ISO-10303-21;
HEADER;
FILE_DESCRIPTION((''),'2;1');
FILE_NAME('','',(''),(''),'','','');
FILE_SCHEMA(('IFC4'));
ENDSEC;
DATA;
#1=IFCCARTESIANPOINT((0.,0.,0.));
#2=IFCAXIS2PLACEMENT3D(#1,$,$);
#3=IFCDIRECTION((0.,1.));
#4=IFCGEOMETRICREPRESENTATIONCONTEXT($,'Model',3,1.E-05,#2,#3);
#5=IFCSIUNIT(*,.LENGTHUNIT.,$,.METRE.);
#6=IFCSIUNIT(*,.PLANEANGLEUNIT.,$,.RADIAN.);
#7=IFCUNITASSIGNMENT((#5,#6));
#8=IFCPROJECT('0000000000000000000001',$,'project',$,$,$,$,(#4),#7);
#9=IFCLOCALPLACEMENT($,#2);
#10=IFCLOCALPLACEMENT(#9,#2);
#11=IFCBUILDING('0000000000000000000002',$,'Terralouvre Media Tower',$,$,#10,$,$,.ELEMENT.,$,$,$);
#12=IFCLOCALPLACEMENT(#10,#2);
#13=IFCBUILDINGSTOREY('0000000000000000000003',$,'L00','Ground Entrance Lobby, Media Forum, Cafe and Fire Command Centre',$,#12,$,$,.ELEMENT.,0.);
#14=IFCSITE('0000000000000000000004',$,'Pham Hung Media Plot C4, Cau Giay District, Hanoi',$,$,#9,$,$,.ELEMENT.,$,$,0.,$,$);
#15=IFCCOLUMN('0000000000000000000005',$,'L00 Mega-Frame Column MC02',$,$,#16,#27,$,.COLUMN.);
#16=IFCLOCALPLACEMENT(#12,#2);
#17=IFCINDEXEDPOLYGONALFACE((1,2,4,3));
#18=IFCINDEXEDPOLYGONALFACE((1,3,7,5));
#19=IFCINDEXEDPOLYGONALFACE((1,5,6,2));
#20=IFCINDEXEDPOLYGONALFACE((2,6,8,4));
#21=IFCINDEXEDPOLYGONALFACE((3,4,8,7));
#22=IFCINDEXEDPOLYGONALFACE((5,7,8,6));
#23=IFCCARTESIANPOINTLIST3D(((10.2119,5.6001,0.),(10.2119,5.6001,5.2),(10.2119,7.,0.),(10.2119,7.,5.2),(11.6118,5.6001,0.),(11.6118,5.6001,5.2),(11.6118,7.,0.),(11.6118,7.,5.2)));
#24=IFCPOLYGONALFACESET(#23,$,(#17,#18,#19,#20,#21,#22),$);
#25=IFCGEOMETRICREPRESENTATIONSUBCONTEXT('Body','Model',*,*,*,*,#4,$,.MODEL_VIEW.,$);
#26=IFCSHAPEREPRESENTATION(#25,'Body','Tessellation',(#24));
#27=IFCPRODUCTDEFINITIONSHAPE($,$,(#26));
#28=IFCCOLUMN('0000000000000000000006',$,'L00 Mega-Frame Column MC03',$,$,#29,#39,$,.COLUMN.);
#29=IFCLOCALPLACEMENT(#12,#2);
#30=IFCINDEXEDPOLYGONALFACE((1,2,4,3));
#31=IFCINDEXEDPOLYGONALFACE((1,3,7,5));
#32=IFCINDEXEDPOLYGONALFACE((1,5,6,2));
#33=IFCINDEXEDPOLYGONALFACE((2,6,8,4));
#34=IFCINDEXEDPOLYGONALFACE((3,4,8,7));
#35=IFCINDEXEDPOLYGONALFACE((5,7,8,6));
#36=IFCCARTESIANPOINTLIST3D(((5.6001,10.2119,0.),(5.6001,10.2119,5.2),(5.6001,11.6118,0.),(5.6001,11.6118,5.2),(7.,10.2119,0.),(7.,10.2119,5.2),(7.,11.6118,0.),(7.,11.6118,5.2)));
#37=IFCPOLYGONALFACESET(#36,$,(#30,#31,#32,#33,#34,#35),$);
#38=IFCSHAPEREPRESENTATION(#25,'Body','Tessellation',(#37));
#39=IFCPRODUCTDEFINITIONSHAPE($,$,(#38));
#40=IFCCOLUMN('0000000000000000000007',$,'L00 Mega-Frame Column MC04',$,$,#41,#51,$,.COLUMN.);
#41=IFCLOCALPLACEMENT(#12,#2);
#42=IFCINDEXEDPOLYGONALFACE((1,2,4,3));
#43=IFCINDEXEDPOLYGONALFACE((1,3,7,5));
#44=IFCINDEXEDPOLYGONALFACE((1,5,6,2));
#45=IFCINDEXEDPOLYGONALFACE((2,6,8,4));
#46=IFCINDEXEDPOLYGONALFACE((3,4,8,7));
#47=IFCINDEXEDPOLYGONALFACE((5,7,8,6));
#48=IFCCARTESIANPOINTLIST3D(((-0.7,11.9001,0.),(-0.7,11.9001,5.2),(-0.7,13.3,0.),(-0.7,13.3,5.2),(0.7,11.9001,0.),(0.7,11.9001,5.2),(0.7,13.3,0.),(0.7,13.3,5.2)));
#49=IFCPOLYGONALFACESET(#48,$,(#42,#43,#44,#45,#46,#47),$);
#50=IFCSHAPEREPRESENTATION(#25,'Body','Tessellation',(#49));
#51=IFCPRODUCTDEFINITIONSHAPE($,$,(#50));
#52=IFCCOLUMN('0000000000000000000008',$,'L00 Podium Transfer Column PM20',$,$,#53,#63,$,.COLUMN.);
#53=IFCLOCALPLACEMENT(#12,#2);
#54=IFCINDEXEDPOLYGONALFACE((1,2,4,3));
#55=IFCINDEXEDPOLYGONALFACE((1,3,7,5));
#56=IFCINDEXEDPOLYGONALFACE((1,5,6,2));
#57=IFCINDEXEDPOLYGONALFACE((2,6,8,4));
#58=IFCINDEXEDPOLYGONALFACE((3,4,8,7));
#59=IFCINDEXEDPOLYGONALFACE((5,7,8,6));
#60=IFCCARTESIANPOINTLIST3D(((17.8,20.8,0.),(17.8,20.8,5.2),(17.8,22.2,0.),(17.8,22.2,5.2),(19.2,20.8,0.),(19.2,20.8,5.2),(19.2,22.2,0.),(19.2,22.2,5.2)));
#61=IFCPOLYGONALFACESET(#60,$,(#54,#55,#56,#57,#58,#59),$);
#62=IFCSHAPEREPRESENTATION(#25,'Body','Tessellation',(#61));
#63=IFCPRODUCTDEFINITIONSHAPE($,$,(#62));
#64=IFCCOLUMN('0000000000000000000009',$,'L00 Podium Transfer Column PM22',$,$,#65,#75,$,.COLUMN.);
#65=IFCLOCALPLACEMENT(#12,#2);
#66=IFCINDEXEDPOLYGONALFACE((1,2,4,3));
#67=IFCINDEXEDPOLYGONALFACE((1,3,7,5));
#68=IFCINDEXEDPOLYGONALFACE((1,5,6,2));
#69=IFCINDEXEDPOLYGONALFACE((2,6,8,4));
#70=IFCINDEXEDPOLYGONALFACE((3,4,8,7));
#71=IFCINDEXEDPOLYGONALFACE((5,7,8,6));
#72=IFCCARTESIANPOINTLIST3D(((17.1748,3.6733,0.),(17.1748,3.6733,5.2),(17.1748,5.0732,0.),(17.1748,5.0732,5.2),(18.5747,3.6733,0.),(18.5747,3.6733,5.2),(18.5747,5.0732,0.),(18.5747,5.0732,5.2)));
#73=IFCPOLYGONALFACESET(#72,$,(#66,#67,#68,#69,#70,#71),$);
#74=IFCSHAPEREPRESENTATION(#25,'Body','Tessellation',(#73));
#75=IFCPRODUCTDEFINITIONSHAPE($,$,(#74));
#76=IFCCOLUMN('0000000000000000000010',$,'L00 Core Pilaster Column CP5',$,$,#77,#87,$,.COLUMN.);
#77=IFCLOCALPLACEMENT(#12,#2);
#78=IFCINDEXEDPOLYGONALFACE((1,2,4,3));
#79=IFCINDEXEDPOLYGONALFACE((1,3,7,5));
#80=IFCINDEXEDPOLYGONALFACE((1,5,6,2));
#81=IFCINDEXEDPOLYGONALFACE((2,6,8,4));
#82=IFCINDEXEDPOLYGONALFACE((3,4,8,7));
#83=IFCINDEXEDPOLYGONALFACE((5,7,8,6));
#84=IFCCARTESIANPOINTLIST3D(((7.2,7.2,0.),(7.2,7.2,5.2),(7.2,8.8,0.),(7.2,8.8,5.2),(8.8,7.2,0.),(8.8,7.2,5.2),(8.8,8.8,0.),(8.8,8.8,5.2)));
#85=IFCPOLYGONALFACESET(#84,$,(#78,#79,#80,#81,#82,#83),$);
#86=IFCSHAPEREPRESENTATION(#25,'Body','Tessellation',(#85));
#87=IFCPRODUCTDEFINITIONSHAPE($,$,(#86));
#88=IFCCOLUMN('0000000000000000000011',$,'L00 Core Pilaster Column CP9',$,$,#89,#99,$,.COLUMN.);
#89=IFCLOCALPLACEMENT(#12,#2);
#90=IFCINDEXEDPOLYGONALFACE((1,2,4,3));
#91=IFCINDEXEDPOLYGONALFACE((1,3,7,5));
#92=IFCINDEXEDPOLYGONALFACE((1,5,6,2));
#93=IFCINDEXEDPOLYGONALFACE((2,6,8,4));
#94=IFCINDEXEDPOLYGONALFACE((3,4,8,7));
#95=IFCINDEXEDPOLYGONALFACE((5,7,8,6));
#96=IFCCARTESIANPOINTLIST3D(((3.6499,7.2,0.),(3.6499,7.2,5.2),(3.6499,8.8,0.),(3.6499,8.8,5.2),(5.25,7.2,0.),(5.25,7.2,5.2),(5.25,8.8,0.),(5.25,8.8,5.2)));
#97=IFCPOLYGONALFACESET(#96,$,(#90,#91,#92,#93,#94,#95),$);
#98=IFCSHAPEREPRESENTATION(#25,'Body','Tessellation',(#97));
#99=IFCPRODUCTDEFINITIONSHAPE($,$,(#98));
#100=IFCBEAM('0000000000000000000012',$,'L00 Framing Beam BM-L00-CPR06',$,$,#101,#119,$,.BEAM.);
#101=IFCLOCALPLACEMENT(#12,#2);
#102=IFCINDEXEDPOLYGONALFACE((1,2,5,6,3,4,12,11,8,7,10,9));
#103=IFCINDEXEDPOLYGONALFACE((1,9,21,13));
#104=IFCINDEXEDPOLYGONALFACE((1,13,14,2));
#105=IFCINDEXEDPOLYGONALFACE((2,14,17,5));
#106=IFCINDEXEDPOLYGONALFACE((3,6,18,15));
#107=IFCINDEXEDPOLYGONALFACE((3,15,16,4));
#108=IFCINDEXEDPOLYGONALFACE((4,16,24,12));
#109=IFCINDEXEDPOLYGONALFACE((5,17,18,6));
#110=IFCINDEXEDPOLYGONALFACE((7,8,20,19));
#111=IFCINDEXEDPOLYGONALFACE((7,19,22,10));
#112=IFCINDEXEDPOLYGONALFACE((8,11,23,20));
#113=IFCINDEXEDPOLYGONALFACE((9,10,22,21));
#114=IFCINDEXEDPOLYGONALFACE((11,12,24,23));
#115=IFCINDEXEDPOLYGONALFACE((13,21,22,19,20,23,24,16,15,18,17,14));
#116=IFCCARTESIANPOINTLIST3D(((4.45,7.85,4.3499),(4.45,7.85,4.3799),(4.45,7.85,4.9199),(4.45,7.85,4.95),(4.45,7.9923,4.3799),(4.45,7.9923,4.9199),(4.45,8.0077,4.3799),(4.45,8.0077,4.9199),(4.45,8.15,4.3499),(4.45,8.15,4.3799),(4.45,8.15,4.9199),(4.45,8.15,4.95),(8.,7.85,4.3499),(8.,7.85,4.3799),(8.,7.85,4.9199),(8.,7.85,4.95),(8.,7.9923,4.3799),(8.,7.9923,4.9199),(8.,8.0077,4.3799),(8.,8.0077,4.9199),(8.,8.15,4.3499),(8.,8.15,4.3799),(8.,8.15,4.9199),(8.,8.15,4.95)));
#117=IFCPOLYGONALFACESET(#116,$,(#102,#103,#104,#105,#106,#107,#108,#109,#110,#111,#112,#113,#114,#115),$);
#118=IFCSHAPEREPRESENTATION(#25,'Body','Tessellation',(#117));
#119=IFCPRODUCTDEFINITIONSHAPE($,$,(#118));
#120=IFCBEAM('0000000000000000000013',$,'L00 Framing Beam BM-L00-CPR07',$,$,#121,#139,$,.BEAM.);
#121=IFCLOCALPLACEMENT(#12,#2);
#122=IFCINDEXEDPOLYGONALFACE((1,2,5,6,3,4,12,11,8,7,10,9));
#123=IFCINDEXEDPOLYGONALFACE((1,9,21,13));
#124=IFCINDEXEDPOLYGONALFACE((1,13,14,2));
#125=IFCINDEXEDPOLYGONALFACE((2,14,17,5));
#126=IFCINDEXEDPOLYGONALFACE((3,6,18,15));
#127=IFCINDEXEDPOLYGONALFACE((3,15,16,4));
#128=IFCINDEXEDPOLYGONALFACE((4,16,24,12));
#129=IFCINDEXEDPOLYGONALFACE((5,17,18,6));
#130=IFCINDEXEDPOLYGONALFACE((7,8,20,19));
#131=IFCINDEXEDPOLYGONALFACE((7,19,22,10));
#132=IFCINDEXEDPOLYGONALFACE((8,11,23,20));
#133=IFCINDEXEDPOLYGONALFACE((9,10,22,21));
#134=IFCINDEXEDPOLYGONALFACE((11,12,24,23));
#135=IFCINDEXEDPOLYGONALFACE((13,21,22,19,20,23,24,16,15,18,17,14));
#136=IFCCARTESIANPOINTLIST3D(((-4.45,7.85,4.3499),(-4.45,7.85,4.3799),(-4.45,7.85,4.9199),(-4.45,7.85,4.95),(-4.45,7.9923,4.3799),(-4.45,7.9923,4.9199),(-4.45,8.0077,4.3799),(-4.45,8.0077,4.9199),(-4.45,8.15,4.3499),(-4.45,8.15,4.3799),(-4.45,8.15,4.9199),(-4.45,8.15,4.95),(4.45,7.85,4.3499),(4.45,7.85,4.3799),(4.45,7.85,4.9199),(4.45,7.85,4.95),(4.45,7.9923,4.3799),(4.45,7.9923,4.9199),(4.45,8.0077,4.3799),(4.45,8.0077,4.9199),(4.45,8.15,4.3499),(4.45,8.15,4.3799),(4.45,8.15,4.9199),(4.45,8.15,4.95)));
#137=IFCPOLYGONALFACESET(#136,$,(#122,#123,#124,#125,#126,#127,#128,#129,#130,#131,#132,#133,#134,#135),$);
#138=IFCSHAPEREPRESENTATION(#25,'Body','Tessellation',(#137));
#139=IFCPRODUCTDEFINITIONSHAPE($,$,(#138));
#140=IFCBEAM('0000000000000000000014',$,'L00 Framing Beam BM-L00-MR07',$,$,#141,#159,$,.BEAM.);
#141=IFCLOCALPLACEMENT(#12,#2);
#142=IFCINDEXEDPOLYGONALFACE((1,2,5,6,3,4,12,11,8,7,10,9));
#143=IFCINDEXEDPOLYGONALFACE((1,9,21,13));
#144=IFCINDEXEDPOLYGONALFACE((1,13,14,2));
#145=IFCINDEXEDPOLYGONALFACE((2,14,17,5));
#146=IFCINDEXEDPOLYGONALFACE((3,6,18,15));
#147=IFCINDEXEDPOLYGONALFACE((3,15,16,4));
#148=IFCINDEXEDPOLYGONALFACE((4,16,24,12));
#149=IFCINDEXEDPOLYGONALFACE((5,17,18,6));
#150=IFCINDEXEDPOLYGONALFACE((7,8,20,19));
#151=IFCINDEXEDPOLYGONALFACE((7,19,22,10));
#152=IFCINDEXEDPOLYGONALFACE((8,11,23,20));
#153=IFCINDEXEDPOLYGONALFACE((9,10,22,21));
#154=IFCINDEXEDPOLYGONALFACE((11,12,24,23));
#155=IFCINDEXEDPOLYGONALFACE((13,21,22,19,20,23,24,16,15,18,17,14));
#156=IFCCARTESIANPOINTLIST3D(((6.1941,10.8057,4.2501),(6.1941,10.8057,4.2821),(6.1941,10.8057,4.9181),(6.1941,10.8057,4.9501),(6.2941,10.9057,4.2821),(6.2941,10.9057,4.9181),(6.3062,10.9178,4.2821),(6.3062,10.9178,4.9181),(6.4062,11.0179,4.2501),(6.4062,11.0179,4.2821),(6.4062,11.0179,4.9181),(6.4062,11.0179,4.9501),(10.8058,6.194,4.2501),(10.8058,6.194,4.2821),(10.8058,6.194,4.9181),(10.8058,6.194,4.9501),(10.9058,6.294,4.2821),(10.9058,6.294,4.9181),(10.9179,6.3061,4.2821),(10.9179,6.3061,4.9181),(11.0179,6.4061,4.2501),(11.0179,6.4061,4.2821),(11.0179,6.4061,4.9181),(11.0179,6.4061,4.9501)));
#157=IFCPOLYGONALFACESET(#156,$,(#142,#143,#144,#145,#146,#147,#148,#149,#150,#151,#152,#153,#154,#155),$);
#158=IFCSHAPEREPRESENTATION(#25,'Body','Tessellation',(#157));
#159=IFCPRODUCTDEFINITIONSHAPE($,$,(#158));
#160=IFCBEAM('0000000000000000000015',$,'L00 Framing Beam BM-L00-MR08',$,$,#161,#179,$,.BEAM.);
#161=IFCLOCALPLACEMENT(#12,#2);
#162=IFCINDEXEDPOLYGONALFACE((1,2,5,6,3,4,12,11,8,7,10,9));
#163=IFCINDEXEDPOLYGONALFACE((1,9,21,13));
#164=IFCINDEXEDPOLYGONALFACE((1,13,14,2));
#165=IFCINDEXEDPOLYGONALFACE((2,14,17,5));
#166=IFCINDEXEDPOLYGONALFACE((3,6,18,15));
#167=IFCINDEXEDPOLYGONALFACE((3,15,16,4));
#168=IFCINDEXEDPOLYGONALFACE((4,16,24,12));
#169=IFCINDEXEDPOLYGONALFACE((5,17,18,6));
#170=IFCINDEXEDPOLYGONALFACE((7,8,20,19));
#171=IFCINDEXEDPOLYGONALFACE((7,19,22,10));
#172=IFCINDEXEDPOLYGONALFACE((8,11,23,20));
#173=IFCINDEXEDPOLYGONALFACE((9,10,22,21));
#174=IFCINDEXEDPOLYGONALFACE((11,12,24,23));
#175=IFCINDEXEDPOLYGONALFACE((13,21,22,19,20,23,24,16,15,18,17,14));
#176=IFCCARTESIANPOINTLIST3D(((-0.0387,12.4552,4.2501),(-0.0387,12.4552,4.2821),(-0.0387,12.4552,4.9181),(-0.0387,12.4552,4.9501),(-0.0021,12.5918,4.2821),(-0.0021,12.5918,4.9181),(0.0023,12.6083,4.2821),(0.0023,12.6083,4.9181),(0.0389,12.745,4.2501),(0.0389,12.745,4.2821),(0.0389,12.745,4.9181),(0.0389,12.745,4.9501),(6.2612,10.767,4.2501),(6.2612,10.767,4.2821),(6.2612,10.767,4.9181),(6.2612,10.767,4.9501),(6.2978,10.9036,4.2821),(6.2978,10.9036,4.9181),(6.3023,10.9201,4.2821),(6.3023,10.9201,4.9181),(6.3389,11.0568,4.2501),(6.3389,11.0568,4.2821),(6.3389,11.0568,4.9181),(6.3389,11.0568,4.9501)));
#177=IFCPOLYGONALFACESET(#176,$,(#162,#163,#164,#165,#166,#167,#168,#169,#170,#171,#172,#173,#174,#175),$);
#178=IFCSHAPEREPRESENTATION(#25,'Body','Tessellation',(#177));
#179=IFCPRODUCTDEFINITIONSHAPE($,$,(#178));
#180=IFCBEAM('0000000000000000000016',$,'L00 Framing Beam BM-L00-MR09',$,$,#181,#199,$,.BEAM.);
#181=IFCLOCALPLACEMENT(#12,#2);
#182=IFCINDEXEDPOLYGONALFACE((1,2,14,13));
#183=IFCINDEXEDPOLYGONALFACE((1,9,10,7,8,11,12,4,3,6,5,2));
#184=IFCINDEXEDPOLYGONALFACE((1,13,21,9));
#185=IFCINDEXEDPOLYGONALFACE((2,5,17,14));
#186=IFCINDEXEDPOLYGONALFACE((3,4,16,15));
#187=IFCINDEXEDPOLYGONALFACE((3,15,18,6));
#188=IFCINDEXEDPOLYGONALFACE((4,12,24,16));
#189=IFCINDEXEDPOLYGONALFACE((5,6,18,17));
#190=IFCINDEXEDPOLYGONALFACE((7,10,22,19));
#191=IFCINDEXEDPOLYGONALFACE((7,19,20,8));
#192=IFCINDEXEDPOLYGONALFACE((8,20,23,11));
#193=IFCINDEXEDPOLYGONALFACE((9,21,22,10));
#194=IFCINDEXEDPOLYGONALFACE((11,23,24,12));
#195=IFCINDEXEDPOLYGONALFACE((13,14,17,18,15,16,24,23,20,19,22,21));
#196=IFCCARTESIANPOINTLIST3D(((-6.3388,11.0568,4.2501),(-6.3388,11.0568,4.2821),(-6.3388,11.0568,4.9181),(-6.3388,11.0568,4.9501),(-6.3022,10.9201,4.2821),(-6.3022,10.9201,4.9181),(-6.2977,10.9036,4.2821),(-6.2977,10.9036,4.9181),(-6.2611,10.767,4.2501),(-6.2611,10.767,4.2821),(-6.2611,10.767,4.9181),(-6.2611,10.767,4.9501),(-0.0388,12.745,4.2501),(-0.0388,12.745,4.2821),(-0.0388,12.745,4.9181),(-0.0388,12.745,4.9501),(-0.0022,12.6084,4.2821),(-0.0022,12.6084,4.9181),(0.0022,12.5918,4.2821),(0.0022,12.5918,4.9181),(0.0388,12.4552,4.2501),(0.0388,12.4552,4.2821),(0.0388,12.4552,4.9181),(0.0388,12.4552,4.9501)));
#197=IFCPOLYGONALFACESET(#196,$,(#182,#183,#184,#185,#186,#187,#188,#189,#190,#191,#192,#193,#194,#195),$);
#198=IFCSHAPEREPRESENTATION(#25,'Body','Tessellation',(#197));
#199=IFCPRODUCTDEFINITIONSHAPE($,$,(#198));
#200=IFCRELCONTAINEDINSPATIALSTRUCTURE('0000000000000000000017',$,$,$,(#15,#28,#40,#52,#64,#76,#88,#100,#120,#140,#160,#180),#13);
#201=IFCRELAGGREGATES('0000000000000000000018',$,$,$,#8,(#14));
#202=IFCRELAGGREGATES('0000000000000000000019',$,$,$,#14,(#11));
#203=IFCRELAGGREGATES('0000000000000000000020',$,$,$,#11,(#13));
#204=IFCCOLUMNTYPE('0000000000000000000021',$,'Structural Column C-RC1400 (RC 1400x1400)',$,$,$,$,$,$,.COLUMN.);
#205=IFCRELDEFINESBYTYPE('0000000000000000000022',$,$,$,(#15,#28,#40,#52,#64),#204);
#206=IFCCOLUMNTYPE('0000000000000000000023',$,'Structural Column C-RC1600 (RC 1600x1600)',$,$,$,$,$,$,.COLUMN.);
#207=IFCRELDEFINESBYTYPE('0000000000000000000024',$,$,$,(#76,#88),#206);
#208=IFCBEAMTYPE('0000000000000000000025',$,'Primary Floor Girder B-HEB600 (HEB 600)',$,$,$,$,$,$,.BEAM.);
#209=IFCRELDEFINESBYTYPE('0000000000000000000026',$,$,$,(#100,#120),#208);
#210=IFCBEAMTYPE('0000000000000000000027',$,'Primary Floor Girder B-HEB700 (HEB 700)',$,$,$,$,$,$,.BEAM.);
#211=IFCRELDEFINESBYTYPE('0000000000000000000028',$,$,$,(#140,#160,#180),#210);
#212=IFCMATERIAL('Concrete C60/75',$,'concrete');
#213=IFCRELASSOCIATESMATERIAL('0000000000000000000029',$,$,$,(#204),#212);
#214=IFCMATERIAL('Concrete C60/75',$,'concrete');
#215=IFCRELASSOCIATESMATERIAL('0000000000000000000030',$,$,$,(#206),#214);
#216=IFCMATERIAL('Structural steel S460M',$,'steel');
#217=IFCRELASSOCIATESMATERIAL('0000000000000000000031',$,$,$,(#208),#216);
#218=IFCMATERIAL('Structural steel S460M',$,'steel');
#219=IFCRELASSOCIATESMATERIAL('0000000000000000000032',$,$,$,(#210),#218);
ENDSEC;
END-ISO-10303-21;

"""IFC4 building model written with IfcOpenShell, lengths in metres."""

from ifc_helpers import new_model, si_unit, direction, frame, origin, origin_2d, place, context, subcontext, project, spatial, rectangle, i_section, extrude, material, material_profile, profile_set, type_object, element, save


model = new_model("IFC4")

# Units and contexts
model_context = context("Model", 3, precision=1e-05, world=origin(), true_north=direction((0.0, 1.0)))
body_context = subcontext(model_context, "Body", "Model", "MODEL_VIEW")
ifc_project = project(units=[si_unit("LENGTHUNIT", "METRE"), si_unit("PLANEANGLEUNIT", "RADIAN")], contexts=[model_context])

# Site, building, storey
site_placement = place(None, origin())
site = spatial("IfcSite", under=ifc_project, at=site_placement, Name="Pham Hung Media Plot C4, Cau Giay District, Hanoi", CompositionType="ELEMENT", RefElevation=0.0)
building_placement = place(site_placement, origin())
building = spatial("IfcBuilding", under=site, at=building_placement, Name="Terralouvre Media Tower", CompositionType="ELEMENT")
storey_placement = place(building_placement, origin())
storey = spatial("IfcBuildingStorey", under=building, at=storey_placement, Name="L00", Description="Ground Entrance Lobby, Media Forum, Cafe and Fire Command Centre", CompositionType="ELEMENT", Elevation=0.0)

# Columns
ifc_material_1 = material(Name="Concrete C60/75", Category="concrete")
ifc_material_profile_1 = material_profile(ifc_material_1, rectangle(XDim=1.3999, YDim=1.3999, at=origin_2d()), Name="RC 1400x1400")
ifc_profile_set_1 = profile_set([ifc_material_profile_1], Name="Concrete C60/75")
column_type_1 = type_object("IfcColumnType", Name="Structural Column C-RC1400 (RC 1400x1400)", PredefinedType="COLUMN", material=ifc_profile_set_1)
for number, where, z_axis, x_axis, name in (
    (1, (10.9119, 6.3, 0.0), (0.0, 0.0, 1.0), (1.0, 0.0, 0.0), "L00 Mega-Frame Column MC02"),
    (2, (6.3, 10.9119, 0.0), (0.0, 0.0, 1.0), (1.0, 0.0, 0.0), "L00 Mega-Frame Column MC03"),
    (3, (0.0, 12.6001, 0.0), (0.0, 0.0, 1.0), (1.0, 0.0, 0.0), "L00 Mega-Frame Column MC04"),
    (4, (18.5, 21.5, 0.0), (0.0, 0.0, 1.0), (1.0, 0.0, 0.0), "L00 Podium Transfer Column PM20"),
    (5, (17.8748, 4.3733, 0.0), (0.0, 0.0, 1.0), (1.0, 0.0, 0.0), "L00 Podium Transfer Column PM22"),
):
    element("IfcColumn", number, at=place(storey_placement, frame(where, z_axis=z_axis, x_axis=x_axis)), inside=storey, type_object=column_type_1, Name=name, PredefinedType="COLUMN", context=body_context, shape_type="SweptSolid", body=[
        extrude(rectangle(XDim=1.3999, YDim=1.3999, at=origin_2d()), origin(), (0.0, 0.0, 1.0), 5.2),
    ])
ifc_material_2 = material(Name="Concrete C60/75", Category="concrete")
ifc_material_profile_2 = material_profile(ifc_material_2, rectangle(XDim=1.6001, YDim=1.6001, at=origin_2d()), Name="RC 1600x1600")
ifc_profile_set_2 = profile_set([ifc_material_profile_2], Name="Concrete C60/75")
column_type_2 = type_object("IfcColumnType", Name="Structural Column C-RC1600 (RC 1600x1600)", PredefinedType="COLUMN", material=ifc_profile_set_2)
for number, where, z_axis, x_axis, name in (
    (6, (8.0, 8.0, 0.0), (0.0, 0.0, 1.0), (1.0, 0.0, 0.0), "L00 Core Pilaster Column CP5"),
    (7, (4.45, 8.0, 0.0), (0.0, 0.0, 1.0), (1.0, 0.0, 0.0), "L00 Core Pilaster Column CP9"),
):
    element("IfcColumn", number, at=place(storey_placement, frame(where, z_axis=z_axis, x_axis=x_axis)), inside=storey, type_object=column_type_2, Name=name, PredefinedType="COLUMN", context=body_context, shape_type="SweptSolid", body=[
        extrude(rectangle(XDim=1.6001, YDim=1.6001, at=origin_2d()), origin(), (0.0, 0.0, 1.0), 5.2),
    ])

# Beams
ifc_material_3 = material(Name="Structural steel S460M", Category="steel")
ifc_material_profile_3 = material_profile(ifc_material_3, i_section(OverallWidth=0.3, OverallDepth=0.6001, WebThickness=0.0154, FlangeThickness=0.03, at=origin_2d()), Name="HEB 600")
ifc_profile_set_3 = profile_set([ifc_material_profile_3], Name="Structural steel S460M")
beam_type_1 = type_object("IfcBeamType", Name="Primary Floor Girder B-HEB600 (HEB 600)", PredefinedType="BEAM", material=ifc_profile_set_3)
beam_1_placement = place(storey_placement, frame((8.0, 8.0, 4.6499), z_axis=(-1.0, 0.0, 0.0), x_axis=(0.0, -1.0, 0.0)))
element("IfcBeam", 8, at=beam_1_placement, inside=storey, type_object=beam_type_1, Name="L00 Framing Beam BM-L00-CPR06", PredefinedType="BEAM", context=body_context, shape_type="SweptSolid", body=[
    extrude(i_section(OverallWidth=0.3, OverallDepth=0.6001, WebThickness=0.0154, FlangeThickness=0.03, at=origin_2d()), origin(), (0.0, 0.0, 1.0), 3.55),
])
beam_2_placement = place(storey_placement, frame((4.45, 8.0, 4.6499), z_axis=(-1.0, 0.0, 0.0), x_axis=(0.0, -1.0, 0.0)))
element("IfcBeam", 9, at=beam_2_placement, inside=storey, type_object=beam_type_1, Name="L00 Framing Beam BM-L00-CPR07", PredefinedType="BEAM", context=body_context, shape_type="SweptSolid", body=[
    extrude(i_section(OverallWidth=0.3, OverallDepth=0.6001, WebThickness=0.0154, FlangeThickness=0.03, at=origin_2d()), origin(), (0.0, 0.0, 1.0), 8.8999),
])
ifc_material_4 = material(Name="Structural steel S460M", Category="steel")
ifc_material_profile_4 = material_profile(ifc_material_4, i_section(OverallWidth=0.3, OverallDepth=0.7, WebThickness=0.0171, FlangeThickness=0.032, at=origin_2d()), Name="HEB 700")
ifc_profile_set_4 = profile_set([ifc_material_profile_4], Name="Structural steel S460M")
beam_type_2 = type_object("IfcBeamType", Name="Primary Floor Girder B-HEB700 (HEB 700)", PredefinedType="BEAM", material=ifc_profile_set_4)
beam_3_placement = place(storey_placement, frame((10.9119, 6.3, 4.6001), z_axis=(-0.707107, 0.707107, 0.0), x_axis=(-0.707107, -0.707107, 0.0)))
element("IfcBeam", 10, at=beam_3_placement, inside=storey, type_object=beam_type_2, Name="L00 Framing Beam BM-L00-MR07", PredefinedType="BEAM", context=body_context, shape_type="SweptSolid", body=[
    extrude(i_section(OverallWidth=0.3, OverallDepth=0.7, WebThickness=0.0171, FlangeThickness=0.032, at=origin_2d()), origin(), (0.0, 0.0, 1.0), 6.522),
])
for number, where, z_axis, x_axis, name in (
    (11, (6.3, 10.9119, 4.6001), (-0.96592, 0.258839, 0.0), (-0.258839, -0.96592, 0.0), "L00 Framing Beam BM-L00-MR08"),
    (12, (0.0, 12.6001, 4.6001), (-0.96592, -0.258839, 0.0), (0.258839, -0.96592, 0.0), "L00 Framing Beam BM-L00-MR09"),
):
    element("IfcBeam", number, at=place(storey_placement, frame(where, z_axis=z_axis, x_axis=x_axis)), inside=storey, type_object=beam_type_2, Name=name, PredefinedType="BEAM", context=body_context, shape_type="SweptSolid", body=[
        extrude(i_section(OverallWidth=0.3, OverallDepth=0.7, WebThickness=0.0171, FlangeThickness=0.032, at=origin_2d()), origin(), (0.0, 0.0, 1.0), 6.5222),
    ])

save(model, "model.ifc")
